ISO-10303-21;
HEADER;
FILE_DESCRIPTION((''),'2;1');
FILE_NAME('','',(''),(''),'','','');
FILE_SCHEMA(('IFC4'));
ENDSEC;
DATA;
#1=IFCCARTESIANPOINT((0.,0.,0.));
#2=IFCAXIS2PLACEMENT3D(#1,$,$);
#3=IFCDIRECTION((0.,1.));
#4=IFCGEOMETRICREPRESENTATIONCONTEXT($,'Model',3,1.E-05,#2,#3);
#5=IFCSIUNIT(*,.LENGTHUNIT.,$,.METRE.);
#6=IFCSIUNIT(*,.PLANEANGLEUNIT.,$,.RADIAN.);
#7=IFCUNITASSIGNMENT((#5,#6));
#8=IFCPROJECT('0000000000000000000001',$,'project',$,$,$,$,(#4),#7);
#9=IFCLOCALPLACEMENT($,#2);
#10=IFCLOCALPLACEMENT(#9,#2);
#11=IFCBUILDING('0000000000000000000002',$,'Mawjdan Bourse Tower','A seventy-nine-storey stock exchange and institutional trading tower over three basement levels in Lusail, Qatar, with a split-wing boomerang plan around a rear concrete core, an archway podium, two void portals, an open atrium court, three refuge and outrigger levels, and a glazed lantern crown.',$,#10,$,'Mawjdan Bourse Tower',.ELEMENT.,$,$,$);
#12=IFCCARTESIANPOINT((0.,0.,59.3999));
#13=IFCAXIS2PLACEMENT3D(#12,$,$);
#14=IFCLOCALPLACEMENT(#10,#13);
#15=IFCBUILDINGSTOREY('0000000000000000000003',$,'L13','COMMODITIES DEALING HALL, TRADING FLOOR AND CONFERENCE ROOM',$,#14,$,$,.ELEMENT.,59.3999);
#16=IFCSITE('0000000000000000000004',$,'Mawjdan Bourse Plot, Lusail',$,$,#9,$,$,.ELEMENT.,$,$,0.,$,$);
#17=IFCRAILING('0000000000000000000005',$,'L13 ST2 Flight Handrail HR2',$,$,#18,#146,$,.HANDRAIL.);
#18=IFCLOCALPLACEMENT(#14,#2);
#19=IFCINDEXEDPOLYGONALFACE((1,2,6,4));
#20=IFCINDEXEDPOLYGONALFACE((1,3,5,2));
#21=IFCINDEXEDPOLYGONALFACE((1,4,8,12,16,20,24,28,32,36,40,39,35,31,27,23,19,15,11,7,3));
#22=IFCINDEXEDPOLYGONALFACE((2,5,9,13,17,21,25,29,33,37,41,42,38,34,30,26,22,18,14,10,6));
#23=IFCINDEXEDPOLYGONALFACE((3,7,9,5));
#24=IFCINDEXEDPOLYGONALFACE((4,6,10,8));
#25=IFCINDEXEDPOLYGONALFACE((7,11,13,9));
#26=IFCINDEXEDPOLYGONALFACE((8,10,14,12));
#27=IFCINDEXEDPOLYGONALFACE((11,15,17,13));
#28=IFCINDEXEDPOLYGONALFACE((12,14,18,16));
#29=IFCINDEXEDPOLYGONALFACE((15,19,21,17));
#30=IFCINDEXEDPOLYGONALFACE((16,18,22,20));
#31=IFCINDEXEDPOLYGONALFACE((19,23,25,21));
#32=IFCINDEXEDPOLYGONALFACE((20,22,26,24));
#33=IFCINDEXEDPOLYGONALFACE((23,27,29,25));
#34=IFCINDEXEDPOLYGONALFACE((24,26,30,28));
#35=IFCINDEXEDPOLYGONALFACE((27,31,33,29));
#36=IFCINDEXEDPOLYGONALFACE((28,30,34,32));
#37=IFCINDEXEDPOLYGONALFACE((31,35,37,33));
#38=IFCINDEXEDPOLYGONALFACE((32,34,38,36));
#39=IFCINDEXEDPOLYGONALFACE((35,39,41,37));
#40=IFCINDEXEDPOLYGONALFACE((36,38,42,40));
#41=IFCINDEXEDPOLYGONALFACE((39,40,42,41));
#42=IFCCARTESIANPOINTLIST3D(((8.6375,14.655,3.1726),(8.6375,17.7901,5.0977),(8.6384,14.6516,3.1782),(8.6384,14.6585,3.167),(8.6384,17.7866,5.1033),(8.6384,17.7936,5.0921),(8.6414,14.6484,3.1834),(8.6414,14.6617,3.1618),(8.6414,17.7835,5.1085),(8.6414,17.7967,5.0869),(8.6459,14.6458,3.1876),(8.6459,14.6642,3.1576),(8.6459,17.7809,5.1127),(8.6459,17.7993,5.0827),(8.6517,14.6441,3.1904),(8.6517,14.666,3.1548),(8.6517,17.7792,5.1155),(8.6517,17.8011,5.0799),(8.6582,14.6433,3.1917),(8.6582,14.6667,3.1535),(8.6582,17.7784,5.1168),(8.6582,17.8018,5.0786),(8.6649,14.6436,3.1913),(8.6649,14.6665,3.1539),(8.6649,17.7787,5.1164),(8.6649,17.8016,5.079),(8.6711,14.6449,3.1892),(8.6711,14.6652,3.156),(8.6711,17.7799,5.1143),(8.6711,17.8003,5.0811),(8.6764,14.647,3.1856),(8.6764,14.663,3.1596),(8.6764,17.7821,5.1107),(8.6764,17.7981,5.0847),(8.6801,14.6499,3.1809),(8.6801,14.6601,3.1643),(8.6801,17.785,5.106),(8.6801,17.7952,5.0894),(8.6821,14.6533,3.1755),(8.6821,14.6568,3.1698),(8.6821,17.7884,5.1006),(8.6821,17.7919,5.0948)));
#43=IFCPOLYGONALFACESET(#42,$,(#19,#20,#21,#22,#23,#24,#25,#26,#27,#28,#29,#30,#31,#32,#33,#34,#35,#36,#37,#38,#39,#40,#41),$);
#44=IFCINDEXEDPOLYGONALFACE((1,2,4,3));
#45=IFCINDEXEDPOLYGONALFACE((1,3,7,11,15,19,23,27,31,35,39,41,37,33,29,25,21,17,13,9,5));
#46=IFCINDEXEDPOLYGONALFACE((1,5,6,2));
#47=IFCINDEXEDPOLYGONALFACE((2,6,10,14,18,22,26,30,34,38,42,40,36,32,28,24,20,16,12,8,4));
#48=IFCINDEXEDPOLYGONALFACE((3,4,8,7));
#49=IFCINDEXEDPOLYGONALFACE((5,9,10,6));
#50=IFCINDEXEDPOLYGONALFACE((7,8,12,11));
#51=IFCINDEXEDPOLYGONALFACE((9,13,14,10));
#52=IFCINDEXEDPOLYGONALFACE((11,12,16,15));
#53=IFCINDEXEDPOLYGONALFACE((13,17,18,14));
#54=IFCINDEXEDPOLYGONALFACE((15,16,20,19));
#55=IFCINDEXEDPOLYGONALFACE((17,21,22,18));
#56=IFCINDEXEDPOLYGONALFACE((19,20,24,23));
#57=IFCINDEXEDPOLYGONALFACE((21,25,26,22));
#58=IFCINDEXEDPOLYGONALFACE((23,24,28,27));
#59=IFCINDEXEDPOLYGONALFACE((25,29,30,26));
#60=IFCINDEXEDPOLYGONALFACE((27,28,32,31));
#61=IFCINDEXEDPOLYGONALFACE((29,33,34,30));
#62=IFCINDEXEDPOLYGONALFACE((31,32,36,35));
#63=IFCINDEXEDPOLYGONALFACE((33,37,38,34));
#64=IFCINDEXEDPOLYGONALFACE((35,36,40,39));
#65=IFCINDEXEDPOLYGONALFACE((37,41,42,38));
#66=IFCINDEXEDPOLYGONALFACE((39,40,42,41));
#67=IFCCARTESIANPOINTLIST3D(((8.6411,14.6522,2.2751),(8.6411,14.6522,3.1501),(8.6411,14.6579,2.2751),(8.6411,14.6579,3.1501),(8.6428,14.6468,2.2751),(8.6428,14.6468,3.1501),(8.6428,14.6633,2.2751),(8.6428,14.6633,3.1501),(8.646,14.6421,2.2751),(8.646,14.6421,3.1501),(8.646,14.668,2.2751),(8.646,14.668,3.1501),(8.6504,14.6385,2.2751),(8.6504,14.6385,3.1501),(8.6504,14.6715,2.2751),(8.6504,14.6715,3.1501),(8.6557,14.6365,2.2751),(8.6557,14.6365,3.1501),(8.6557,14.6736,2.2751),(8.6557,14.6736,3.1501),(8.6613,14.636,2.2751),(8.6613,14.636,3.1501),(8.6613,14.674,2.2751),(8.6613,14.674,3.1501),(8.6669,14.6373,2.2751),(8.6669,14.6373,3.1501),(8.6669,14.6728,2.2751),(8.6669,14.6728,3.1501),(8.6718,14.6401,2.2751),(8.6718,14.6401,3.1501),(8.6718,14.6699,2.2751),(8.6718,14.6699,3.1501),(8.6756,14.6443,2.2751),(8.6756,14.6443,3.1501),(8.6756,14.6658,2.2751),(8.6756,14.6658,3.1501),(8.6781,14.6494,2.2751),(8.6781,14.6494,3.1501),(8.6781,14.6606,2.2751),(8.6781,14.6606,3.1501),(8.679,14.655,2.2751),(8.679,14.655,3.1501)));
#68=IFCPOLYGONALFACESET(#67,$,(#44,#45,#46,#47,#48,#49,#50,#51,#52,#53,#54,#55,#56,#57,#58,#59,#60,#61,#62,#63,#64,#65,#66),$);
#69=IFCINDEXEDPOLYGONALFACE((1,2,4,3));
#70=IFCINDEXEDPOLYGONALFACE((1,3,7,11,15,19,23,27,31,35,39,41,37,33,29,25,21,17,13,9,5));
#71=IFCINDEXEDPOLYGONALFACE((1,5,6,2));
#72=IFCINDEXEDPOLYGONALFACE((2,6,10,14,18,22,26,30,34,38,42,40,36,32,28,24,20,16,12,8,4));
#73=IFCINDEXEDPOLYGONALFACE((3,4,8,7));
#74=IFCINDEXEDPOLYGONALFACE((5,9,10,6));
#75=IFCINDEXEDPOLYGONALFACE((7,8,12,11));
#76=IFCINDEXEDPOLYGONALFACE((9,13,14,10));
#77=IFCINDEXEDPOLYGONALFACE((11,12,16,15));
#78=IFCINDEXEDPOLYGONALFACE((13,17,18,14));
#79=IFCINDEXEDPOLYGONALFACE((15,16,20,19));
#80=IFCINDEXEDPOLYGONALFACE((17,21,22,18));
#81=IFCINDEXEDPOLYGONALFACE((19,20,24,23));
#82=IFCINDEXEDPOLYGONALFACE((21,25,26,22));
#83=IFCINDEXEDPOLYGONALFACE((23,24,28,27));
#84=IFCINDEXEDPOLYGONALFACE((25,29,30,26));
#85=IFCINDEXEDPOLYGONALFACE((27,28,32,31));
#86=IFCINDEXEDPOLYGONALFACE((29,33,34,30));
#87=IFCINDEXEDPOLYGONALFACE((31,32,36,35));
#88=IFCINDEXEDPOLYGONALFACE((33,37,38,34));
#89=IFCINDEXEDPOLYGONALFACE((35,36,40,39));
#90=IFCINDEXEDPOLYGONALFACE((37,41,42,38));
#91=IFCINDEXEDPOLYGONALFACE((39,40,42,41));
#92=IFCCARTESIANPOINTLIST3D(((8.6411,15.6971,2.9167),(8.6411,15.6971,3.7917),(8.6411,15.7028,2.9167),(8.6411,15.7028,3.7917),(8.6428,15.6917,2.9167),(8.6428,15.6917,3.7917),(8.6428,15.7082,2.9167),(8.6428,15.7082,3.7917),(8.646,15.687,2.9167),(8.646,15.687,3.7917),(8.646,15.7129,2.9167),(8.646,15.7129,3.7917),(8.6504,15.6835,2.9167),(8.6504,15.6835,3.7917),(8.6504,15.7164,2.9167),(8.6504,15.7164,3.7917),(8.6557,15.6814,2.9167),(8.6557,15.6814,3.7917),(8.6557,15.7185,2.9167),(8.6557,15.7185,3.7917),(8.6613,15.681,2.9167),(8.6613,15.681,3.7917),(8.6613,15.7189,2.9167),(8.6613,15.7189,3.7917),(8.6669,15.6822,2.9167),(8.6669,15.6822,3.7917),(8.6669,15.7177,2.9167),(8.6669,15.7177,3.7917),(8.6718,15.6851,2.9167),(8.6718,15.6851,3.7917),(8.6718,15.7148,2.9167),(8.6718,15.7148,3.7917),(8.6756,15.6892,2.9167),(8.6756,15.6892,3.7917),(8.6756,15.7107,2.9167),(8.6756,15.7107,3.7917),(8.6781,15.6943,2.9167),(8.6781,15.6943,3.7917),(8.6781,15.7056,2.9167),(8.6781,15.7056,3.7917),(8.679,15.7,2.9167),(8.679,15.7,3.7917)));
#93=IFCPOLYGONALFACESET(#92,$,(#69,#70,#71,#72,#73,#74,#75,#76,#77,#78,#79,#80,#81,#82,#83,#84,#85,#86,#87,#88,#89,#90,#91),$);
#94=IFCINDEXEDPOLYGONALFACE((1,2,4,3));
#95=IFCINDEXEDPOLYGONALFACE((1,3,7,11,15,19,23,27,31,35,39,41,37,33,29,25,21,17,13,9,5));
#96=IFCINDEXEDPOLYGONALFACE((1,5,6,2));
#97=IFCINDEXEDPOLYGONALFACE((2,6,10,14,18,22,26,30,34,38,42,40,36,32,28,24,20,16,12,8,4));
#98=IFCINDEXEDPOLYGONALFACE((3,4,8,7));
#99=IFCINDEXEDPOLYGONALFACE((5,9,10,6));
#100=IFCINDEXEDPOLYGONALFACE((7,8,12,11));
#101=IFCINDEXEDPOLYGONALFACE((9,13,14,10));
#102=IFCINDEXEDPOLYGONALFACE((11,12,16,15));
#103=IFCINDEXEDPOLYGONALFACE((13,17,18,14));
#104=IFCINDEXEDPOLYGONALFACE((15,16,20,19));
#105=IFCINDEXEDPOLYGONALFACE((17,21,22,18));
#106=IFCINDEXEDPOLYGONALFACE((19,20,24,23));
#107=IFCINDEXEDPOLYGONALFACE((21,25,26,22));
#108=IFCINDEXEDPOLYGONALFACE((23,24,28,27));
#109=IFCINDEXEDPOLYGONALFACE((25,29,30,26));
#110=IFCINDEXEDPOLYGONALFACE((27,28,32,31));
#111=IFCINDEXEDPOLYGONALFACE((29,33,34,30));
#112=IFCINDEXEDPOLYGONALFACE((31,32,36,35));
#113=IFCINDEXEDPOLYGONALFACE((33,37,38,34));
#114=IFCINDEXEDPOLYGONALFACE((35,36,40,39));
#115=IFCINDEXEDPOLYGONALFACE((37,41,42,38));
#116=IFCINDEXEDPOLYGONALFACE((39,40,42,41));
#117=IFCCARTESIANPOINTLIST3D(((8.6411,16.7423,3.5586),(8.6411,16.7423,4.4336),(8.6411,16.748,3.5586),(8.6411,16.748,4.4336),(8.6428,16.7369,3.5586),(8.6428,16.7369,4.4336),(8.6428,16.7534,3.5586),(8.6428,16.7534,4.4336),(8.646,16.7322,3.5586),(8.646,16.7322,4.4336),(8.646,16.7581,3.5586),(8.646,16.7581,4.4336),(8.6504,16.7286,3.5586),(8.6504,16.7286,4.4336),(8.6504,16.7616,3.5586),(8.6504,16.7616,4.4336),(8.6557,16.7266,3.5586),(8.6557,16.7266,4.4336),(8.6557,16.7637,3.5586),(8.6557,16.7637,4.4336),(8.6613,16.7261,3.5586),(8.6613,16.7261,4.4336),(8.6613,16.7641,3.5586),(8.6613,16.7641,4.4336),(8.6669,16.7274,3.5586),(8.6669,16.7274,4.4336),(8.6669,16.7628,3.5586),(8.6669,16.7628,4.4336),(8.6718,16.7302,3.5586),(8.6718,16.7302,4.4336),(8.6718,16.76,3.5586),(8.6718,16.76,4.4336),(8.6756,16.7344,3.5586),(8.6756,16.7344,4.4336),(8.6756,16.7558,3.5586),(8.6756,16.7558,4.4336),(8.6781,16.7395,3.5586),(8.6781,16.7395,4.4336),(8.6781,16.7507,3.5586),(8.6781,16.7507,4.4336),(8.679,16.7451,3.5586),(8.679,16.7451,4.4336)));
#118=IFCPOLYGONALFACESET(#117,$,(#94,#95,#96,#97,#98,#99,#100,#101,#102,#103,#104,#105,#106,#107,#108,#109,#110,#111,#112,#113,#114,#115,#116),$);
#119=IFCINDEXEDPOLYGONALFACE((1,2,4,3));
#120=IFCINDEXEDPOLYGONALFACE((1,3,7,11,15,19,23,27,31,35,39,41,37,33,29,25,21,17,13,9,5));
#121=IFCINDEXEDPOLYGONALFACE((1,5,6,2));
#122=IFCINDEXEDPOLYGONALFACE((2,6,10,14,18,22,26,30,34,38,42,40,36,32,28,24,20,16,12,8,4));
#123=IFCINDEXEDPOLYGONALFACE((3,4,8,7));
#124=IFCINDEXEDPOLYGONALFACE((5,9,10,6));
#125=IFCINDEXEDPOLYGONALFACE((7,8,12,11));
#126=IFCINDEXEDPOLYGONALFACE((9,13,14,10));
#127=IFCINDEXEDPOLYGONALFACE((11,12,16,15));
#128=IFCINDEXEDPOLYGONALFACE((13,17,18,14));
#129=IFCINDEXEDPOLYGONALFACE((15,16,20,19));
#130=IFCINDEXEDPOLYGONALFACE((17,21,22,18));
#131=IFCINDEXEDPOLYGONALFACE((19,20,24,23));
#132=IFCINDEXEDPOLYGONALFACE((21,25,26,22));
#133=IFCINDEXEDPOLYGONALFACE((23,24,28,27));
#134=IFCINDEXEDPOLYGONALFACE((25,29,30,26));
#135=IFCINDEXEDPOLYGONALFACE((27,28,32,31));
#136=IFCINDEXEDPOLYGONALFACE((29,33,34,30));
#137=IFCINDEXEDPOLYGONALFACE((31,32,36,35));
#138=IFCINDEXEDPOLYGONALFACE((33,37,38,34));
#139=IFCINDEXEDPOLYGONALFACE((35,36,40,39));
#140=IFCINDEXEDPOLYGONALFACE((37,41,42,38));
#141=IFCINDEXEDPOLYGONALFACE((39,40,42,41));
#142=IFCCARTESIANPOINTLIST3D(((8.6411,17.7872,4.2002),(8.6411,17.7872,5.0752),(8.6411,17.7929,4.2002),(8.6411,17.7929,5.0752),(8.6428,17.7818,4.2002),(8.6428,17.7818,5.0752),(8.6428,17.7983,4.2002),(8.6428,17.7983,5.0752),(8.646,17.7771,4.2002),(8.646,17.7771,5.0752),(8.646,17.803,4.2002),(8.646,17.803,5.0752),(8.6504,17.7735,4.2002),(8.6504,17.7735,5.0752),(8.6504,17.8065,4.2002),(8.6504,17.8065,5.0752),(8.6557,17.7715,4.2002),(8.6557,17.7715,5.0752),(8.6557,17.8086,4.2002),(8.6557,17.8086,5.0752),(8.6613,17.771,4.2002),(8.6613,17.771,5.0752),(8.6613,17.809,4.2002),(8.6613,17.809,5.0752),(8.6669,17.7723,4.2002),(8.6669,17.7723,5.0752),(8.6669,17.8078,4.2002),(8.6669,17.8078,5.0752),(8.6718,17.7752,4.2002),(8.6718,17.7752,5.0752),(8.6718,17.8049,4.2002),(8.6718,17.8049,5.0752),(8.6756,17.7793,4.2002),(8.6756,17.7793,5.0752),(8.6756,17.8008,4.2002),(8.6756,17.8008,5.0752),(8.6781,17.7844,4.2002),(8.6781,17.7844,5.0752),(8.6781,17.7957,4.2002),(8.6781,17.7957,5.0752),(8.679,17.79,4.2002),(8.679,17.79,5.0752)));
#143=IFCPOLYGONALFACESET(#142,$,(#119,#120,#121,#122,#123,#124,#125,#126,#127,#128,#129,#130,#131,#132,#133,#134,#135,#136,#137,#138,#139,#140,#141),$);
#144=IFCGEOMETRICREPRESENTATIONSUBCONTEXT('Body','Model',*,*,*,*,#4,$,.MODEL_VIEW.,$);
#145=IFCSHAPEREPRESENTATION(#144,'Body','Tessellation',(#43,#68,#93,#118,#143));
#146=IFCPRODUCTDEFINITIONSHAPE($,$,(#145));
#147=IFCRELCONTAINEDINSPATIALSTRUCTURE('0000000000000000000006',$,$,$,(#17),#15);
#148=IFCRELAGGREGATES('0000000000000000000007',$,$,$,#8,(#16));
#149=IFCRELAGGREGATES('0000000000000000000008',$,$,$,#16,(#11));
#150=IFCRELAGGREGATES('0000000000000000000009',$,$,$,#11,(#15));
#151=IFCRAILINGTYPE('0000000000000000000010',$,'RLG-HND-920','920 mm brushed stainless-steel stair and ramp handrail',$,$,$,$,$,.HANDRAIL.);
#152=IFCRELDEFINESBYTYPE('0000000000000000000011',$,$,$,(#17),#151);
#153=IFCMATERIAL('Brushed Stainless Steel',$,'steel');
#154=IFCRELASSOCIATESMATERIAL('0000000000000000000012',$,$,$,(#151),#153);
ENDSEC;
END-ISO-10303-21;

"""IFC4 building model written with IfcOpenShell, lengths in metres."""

from ifc_helpers import new_model, si_unit, direction, frame, origin, origin_2d, place, context, subcontext, project, spatial, circle, extrude, material, type_object, element, save


model = new_model("IFC4")

# Units and contexts
model_context = context("Model", 3, precision=1e-05, world=origin(), true_north=direction((0.0, 1.0)))
body_context = subcontext(model_context, "Body", "Model", "MODEL_VIEW")
ifc_project = project(units=[si_unit("LENGTHUNIT", "METRE"), si_unit("PLANEANGLEUNIT", "RADIAN")], contexts=[model_context])

# Site, building, storey
site_placement = place(None, origin())
site = spatial("IfcSite", under=ifc_project, at=site_placement, Name="Mawjdan Bourse Plot, Lusail", CompositionType="ELEMENT", RefElevation=0.0)
building_placement = place(site_placement, origin())
building = spatial("IfcBuilding", under=site, at=building_placement, Name="Mawjdan Bourse Tower", Description="A seventy-nine-storey stock exchange and institutional trading tower over three basement levels in Lusail, Qatar, with a split-wing boomerang plan around a rear concrete core, an archway podium, two void portals, an open atrium court, three refuge and outrigger levels, and a glazed lantern crown.", LongName="Mawjdan Bourse Tower", CompositionType="ELEMENT")
storey_placement = place(building_placement, frame((0.0, 0.0, 59.3999)))
storey = spatial("IfcBuildingStorey", under=building, at=storey_placement, Name="L13", Description="COMMODITIES DEALING HALL, TRADING FLOOR AND CONFERENCE ROOM", CompositionType="ELEMENT", Elevation=59.3999)

# Railing
ifc_material_1 = material(Name="Brushed Stainless Steel", Category="steel")
railing_type_1 = type_object("IfcRailingType", Name="RLG-HND-920", Description="920 mm brushed stainless-steel stair and ramp handrail", PredefinedType="HANDRAIL", material=ifc_material_1)
railing_1_placement = place(storey_placement, frame((8.6599, 14.655, 2.2751)))
element("IfcRailing", 1, at=railing_1_placement, inside=storey, type_object=railing_type_1, Name="L13 ST2 Flight Handrail HR2", PredefinedType="HANDRAIL", context=body_context, shape_type="SweptSolid", body=[
    extrude(circle(Radius=0.0225, at=origin_2d()), frame((0.0, 0.0, 0.8975), z_axis=(0.0, 0.852166, 0.523271), x_axis=(-1.0, 0.0, 0.0)), (0.0, 0.0, 1.0), 3.679),
    extrude(circle(Radius=0.019, at=origin_2d()), origin(), (0.0, 0.0, 1.0), 0.875),
    extrude(circle(Radius=0.019, at=origin_2d()), frame((0.0, 1.0449, 0.6416)), (0.0, 0.0, 1.0), 0.875),
    extrude(circle(Radius=0.019, at=origin_2d()), frame((0.0, 2.0901, 1.2834)), (0.0, 0.0, 1.0), 0.875),
    extrude(circle(Radius=0.019, at=origin_2d()), frame((0.0, 3.135, 1.925)), (0.0, 0.0, 1.0), 0.875),
])

save(model, "model.ifc")
